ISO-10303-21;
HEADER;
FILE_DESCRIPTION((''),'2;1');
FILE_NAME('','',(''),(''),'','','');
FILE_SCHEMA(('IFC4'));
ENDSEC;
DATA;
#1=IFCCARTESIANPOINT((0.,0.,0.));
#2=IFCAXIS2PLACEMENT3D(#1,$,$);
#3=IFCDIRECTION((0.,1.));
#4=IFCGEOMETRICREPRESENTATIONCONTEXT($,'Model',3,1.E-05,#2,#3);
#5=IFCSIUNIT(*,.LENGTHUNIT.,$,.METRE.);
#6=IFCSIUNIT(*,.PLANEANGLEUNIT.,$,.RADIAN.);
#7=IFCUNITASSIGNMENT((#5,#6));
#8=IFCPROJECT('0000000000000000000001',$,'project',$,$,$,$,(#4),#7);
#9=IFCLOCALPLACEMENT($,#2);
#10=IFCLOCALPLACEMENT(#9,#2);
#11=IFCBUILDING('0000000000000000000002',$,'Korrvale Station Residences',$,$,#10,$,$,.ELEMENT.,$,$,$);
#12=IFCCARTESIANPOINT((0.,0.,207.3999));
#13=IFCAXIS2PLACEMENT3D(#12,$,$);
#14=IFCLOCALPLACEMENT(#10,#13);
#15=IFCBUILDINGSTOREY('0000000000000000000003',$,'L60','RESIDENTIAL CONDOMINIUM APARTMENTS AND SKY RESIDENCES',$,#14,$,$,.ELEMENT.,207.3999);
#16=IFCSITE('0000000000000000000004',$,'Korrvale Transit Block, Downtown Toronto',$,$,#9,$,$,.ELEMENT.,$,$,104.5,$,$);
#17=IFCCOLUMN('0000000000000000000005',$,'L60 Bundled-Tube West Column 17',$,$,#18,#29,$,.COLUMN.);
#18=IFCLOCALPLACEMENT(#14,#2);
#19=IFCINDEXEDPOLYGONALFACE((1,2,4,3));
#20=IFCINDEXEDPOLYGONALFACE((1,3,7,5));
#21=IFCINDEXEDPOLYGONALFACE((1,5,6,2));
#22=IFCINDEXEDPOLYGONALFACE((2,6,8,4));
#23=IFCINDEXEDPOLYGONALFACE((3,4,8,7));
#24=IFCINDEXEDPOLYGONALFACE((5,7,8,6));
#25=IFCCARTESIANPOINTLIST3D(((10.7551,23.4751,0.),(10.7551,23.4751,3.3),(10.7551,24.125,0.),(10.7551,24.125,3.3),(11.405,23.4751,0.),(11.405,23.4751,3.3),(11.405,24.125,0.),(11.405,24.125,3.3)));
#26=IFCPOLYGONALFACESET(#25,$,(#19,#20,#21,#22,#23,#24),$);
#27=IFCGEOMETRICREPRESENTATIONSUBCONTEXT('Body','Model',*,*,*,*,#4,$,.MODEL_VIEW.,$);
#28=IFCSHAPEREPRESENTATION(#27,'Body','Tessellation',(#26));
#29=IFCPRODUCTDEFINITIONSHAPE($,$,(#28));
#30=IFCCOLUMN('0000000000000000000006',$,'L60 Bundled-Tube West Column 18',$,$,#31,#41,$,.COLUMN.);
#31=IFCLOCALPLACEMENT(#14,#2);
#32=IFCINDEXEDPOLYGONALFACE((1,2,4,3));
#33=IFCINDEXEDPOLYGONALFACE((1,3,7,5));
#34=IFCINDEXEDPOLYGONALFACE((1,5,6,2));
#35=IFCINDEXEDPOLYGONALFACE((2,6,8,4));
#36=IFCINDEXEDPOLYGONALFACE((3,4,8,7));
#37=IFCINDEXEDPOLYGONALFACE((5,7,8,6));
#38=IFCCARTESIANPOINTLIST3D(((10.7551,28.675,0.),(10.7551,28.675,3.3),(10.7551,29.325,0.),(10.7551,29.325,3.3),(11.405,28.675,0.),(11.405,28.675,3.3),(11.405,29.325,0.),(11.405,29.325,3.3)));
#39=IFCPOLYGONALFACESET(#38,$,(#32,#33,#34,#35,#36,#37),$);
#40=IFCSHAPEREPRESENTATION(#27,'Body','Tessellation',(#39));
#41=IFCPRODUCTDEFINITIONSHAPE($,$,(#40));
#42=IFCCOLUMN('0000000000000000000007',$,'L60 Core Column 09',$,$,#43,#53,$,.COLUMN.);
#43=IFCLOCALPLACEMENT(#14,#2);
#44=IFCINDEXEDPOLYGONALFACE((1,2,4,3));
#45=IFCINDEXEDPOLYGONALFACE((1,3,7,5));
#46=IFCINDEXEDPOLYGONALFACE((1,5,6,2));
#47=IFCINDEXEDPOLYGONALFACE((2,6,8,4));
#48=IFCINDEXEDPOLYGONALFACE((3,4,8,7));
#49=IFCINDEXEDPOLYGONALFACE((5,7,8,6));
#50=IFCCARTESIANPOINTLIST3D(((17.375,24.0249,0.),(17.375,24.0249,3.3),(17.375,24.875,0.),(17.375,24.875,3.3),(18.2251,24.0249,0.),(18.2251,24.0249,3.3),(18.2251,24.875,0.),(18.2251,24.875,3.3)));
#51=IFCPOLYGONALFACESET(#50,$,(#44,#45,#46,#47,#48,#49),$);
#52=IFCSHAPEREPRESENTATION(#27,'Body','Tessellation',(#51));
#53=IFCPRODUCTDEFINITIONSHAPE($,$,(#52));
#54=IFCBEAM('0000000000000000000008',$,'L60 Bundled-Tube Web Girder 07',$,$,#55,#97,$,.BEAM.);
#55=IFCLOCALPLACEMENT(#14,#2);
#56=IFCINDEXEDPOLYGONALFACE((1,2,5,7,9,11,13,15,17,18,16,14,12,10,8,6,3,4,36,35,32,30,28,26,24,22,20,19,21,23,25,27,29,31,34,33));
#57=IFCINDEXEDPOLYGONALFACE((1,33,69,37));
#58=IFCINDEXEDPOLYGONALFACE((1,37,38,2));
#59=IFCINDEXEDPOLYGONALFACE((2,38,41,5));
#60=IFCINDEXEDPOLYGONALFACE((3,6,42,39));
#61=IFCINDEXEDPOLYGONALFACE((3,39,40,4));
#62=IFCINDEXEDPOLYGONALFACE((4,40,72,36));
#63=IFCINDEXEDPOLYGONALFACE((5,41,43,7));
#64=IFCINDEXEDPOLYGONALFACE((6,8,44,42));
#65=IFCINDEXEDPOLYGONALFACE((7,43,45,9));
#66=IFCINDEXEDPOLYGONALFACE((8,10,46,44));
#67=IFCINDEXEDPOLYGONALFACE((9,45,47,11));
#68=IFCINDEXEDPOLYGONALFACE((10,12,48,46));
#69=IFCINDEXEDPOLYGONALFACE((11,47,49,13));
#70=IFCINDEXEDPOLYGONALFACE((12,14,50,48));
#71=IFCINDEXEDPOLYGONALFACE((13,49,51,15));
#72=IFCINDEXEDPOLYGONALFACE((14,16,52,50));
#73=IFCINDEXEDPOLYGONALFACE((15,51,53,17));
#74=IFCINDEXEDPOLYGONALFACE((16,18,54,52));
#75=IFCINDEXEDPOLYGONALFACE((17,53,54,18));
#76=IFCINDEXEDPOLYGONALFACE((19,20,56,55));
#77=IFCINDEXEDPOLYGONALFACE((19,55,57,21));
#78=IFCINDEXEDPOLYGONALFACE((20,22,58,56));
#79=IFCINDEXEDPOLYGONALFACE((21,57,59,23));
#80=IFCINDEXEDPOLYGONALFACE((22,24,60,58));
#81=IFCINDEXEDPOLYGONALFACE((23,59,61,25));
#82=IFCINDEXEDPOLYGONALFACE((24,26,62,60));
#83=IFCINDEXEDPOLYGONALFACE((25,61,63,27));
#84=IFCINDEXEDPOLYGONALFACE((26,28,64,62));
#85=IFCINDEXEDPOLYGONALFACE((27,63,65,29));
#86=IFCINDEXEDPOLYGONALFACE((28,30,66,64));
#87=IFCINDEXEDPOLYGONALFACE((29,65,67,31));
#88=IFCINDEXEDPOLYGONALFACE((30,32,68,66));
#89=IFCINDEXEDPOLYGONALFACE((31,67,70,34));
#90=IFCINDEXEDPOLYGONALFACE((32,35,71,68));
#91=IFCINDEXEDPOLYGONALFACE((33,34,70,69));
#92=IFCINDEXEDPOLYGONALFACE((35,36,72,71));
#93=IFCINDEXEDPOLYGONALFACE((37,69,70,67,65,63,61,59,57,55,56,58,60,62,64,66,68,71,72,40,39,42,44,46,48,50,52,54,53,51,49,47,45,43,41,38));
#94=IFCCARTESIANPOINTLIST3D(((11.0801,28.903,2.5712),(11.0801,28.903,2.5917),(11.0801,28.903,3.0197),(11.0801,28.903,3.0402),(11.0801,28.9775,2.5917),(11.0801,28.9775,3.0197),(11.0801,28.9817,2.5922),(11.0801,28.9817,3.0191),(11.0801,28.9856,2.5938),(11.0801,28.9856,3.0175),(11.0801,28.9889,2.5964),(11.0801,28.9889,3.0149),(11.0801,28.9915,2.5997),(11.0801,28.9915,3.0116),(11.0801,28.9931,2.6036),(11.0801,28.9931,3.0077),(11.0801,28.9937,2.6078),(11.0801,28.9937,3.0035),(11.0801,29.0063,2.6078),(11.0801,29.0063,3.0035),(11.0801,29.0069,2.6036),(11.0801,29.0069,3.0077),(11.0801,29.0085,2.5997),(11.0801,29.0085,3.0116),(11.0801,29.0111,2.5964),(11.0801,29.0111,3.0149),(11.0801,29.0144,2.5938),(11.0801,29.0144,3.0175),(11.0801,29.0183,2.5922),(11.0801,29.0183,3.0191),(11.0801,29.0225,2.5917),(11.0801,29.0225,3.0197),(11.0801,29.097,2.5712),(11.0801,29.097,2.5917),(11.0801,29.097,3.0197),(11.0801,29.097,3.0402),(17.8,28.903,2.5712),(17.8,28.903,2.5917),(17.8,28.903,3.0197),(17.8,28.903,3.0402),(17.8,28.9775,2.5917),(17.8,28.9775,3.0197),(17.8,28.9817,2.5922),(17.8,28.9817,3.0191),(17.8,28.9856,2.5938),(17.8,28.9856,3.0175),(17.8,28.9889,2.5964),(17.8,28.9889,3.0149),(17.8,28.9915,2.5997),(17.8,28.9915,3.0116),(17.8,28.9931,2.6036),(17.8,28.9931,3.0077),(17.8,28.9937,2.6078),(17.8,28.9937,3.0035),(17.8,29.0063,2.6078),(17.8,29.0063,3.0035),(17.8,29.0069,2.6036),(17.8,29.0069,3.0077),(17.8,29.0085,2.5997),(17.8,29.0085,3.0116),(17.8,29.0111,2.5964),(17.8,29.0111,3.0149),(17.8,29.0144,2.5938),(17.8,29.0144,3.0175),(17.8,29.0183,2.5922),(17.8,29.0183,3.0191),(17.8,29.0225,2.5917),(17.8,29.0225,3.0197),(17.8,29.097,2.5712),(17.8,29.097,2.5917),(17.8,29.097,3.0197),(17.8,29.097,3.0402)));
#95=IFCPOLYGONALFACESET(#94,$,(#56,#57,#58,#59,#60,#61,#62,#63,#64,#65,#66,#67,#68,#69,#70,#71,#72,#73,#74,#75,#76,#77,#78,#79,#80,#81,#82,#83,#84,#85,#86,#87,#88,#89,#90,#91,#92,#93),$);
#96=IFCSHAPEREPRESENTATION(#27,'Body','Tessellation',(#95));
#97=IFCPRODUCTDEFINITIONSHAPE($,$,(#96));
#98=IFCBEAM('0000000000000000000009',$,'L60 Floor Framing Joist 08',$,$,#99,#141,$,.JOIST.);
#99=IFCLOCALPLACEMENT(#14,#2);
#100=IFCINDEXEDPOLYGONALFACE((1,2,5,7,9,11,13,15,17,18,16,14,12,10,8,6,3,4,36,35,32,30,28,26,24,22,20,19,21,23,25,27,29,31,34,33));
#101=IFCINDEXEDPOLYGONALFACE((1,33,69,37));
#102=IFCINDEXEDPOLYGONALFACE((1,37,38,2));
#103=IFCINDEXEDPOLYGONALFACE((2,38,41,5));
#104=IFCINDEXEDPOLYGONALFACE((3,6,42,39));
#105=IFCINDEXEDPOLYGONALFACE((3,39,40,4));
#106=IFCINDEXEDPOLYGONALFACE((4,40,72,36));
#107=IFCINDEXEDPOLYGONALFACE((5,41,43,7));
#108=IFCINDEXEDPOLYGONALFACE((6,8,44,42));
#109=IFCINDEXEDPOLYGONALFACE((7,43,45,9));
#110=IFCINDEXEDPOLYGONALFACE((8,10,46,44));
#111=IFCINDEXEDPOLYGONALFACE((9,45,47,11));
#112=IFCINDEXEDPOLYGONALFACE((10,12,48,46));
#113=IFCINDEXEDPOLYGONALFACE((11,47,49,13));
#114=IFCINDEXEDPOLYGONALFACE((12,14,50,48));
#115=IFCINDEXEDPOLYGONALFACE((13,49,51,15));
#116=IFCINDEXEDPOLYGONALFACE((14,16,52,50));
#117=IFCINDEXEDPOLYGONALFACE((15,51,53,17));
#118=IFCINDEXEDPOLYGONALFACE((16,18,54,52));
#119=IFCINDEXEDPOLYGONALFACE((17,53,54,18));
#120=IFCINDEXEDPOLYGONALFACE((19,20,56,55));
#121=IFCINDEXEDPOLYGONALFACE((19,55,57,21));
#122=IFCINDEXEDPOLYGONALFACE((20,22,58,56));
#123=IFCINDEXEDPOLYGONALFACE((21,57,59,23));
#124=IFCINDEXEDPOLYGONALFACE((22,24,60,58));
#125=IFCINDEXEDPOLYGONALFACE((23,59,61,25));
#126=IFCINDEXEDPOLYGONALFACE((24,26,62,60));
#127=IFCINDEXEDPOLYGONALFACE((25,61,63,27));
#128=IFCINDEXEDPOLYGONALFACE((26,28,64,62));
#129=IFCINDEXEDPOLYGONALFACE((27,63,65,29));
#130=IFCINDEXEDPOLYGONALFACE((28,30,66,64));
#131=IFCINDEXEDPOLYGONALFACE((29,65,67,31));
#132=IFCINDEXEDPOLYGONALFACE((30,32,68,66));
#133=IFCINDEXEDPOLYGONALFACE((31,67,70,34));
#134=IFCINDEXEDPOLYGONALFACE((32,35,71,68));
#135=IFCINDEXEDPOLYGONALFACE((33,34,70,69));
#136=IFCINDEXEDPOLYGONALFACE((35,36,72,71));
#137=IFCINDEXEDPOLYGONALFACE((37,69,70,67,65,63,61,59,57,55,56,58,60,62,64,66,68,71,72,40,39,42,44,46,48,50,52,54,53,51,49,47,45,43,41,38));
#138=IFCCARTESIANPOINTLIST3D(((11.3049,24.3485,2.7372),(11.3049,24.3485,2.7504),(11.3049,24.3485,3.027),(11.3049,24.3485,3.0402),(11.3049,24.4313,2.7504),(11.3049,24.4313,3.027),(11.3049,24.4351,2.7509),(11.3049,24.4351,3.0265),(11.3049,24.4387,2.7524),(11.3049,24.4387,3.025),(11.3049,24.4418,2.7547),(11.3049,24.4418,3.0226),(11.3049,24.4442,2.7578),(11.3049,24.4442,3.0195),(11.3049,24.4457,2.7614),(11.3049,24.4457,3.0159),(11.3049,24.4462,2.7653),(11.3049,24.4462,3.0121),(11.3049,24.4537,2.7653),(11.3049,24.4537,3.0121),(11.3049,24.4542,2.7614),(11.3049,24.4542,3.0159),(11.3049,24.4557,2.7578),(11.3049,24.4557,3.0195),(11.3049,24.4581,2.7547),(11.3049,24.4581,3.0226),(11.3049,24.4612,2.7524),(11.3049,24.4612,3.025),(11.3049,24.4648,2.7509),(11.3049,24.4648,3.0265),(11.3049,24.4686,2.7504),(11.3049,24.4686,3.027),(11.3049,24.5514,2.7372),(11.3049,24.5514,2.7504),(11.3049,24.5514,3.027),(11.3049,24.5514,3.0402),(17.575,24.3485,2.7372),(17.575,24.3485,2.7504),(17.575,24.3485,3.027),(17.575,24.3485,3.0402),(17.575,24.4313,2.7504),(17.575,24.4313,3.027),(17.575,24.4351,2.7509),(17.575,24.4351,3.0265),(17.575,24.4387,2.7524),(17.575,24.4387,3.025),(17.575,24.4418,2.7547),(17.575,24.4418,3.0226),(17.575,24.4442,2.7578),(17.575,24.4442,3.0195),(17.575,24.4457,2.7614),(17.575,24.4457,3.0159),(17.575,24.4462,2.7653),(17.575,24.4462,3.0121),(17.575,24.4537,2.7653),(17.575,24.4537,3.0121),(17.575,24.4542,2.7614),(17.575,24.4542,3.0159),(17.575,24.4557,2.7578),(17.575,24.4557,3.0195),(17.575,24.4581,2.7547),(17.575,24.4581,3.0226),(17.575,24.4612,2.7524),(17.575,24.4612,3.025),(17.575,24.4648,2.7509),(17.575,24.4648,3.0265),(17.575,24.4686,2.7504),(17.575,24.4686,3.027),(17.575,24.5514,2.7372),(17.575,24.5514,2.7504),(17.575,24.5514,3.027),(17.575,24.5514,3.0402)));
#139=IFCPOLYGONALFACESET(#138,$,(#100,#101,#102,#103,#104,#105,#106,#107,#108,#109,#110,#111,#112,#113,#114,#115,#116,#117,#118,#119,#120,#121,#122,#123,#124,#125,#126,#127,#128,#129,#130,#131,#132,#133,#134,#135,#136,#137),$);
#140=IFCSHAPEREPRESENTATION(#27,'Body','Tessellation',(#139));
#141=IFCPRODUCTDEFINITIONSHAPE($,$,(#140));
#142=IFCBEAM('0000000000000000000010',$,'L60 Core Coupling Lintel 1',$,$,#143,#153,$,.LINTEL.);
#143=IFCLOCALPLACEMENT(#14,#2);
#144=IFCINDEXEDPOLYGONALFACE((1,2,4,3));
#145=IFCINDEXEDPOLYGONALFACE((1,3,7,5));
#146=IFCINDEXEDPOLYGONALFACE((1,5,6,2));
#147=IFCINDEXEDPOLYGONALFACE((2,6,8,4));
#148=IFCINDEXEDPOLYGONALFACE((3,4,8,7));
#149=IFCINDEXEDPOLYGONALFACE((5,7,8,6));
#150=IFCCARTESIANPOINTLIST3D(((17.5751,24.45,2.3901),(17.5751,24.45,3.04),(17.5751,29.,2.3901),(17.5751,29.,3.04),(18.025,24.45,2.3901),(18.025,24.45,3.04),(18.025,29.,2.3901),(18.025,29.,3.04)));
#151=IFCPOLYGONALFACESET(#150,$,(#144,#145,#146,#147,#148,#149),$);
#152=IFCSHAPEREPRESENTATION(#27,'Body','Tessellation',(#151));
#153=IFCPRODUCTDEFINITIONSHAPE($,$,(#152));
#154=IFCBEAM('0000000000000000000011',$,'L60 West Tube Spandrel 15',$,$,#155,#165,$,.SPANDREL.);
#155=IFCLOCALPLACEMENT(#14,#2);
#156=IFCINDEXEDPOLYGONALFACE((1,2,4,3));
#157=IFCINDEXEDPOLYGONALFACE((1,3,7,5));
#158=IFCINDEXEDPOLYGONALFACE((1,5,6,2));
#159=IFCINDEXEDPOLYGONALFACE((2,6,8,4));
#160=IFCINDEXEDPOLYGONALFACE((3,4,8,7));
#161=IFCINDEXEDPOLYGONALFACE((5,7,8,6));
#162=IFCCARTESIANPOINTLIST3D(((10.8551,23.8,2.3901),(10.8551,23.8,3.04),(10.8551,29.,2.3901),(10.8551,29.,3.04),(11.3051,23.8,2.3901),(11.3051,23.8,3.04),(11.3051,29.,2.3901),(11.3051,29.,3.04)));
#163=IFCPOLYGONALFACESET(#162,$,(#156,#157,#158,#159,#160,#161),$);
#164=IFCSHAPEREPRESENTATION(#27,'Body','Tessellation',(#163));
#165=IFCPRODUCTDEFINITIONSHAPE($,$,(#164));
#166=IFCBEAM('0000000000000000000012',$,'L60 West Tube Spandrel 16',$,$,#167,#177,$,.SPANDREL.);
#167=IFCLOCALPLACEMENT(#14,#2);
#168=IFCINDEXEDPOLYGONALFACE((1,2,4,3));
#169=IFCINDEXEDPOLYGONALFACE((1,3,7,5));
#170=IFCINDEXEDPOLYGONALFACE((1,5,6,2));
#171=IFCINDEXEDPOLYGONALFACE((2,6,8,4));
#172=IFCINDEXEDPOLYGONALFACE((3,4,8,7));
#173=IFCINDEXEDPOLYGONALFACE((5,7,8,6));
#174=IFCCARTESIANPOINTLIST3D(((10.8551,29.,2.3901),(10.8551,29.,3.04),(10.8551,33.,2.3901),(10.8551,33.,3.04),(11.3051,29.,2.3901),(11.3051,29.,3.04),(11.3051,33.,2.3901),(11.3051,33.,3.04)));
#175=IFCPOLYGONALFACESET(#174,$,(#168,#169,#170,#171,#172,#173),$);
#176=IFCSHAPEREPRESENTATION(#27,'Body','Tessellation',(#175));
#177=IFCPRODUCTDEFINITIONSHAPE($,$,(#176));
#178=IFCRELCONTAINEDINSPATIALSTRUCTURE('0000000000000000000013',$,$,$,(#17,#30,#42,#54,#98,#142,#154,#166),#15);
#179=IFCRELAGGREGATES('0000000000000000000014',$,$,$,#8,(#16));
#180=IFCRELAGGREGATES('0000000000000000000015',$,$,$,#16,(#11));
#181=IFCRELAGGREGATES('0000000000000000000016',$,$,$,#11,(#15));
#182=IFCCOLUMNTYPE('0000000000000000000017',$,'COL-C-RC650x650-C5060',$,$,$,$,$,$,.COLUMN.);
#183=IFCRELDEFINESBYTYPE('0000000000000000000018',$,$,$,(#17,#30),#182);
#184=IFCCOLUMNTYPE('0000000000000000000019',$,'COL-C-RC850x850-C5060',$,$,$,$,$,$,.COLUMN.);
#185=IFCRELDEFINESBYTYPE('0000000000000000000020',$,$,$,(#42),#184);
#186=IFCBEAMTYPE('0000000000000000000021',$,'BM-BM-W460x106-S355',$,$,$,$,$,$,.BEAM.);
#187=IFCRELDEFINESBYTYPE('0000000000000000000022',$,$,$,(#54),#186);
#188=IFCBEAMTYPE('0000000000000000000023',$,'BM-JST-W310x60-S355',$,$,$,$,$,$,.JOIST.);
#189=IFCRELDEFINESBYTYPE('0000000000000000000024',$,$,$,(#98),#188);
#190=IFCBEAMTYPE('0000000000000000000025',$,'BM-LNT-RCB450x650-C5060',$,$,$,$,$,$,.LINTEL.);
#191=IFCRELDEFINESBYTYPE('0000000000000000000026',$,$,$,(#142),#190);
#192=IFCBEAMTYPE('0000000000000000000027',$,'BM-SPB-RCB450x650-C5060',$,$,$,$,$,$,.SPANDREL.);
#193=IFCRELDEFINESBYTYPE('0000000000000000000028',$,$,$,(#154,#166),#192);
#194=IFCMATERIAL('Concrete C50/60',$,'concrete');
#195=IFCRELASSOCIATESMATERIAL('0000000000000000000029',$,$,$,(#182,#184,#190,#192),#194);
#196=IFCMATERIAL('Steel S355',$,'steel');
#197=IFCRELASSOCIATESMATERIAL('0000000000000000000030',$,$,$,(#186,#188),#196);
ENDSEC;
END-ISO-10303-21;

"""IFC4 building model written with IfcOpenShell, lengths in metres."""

from ifc_helpers import new_model, si_unit, direction, frame, origin, origin_2d, place, context, subcontext, project, spatial, rectangle, i_section, extrude, material, material_profile, profile_set, type_object, element, save


model = new_model("IFC4")

# Units and contexts
model_context = context("Model", 3, precision=1e-05, world=origin(), true_north=direction((0.0, 1.0)))
body_context = subcontext(model_context, "Body", "Model", "MODEL_VIEW")
ifc_project = project(units=[si_unit("LENGTHUNIT", "METRE"), si_unit("PLANEANGLEUNIT", "RADIAN")], contexts=[model_context])

# Site, building, storey
site_placement = place(None, origin())
site = spatial("IfcSite", under=ifc_project, at=site_placement, Name="Korrvale Transit Block, Downtown Toronto", CompositionType="ELEMENT", RefElevation=104.5)
building_placement = place(site_placement, origin())
building = spatial("IfcBuilding", under=site, at=building_placement, Name="Korrvale Station Residences", CompositionType="ELEMENT")
storey_placement = place(building_placement, frame((0.0, 0.0, 207.3999)))
storey = spatial("IfcBuildingStorey", under=building, at=storey_placement, Name="L60", Description="RESIDENTIAL CONDOMINIUM APARTMENTS AND SKY RESIDENCES", CompositionType="ELEMENT", Elevation=207.3999)

# Columns
ifc_material_1 = material(Name="Concrete C50/60", Category="concrete")
ifc_material_profile_1 = material_profile(ifc_material_1, rectangle(XDim=0.6499, YDim=0.6499, at=origin_2d()), Name="RC650x650")
ifc_profile_set_1 = profile_set([ifc_material_profile_1], Name="Concrete C50/60")
column_type_1 = type_object("IfcColumnType", Name="COL-C-RC650x650-C5060", PredefinedType="COLUMN", material=ifc_profile_set_1)
for number, where, z_axis, x_axis, name in (
    (1, (11.0801, 23.8, 0.0), (0.0, 0.0, 1.0), (1.0, 0.0, 0.0), "L60 Bundled-Tube West Column 17"),
    (2, (11.0801, 29.0, 0.0), (0.0, 0.0, 1.0), (1.0, 0.0, 0.0), "L60 Bundled-Tube West Column 18"),
):
    element("IfcColumn", number, at=place(storey_placement, frame(where, z_axis=z_axis, x_axis=x_axis)), inside=storey, type_object=column_type_1, Name=name, PredefinedType="COLUMN", context=body_context, shape_type="SweptSolid", body=[
        extrude(rectangle(XDim=0.6499, YDim=0.6499, at=origin_2d()), origin(), (0.0, 0.0, 1.0), 3.3),
    ])
ifc_material_profile_2 = material_profile(ifc_material_1, rectangle(XDim=0.8501, YDim=0.8501, at=origin_2d()), Name="RC850x850")
ifc_profile_set_2 = profile_set([ifc_material_profile_2], Name="Concrete C50/60")
column_type_2 = type_object("IfcColumnType", Name="COL-C-RC850x850-C5060", PredefinedType="COLUMN", material=ifc_profile_set_2)
column_placement = place(storey_placement, frame((17.8, 24.45, 0.0), z_axis=(0.0, 0.0, 1.0), x_axis=(1.0, 0.0, 0.0)))
element("IfcColumn", 3, at=column_placement, inside=storey, type_object=column_type_2, Name="L60 Core Column 09", PredefinedType="COLUMN", context=body_context, shape_type="SweptSolid", body=[
    extrude(rectangle(XDim=0.8501, YDim=0.8501, at=origin_2d()), origin(), (0.0, 0.0, 1.0), 3.3),
])

# Beams
ifc_material_2 = material(Name="Steel S355", Category="steel")
ifc_material_profile_3 = material_profile(ifc_material_2, i_section(OverallWidth=0.1941, OverallDepth=0.469, WebThickness=0.0127, FlangeThickness=0.0205, FilletRadius=0.0161, at=origin_2d()), Name="W460x106")
ifc_profile_set_3 = profile_set([ifc_material_profile_3], Name="Steel S355")
beam_type_1 = type_object("IfcBeamType", Name="BM-BM-W460x106-S355", PredefinedType="BEAM", material=ifc_profile_set_3)
beam_1_placement = place(storey_placement, frame((11.0801, 29.0, 2.8057), z_axis=(1.0, 0.0, 0.0), x_axis=(0.0, 1.0, 0.0)))
element("IfcBeam", 4, at=beam_1_placement, inside=storey, type_object=beam_type_1, Name="L60 Bundled-Tube Web Girder 07", PredefinedType="BEAM", context=body_context, shape_type="SweptSolid", body=[
    extrude(i_section(OverallWidth=0.1941, OverallDepth=0.469, WebThickness=0.0127, FlangeThickness=0.0205, FilletRadius=0.0161, at=origin_2d()), origin(), (0.0, 0.0, 1.0), 6.72),
])
ifc_material_profile_4 = material_profile(ifc_material_2, i_section(OverallWidth=0.2029, OverallDepth=0.303, WebThickness=0.0076, FlangeThickness=0.0132, FilletRadius=0.0149, at=origin_2d()), Name="W310x60")
ifc_profile_set_4 = profile_set([ifc_material_profile_4], Name="Steel S355")
beam_type_2 = type_object("IfcBeamType", Name="BM-JST-W310x60-S355", PredefinedType="JOIST", material=ifc_profile_set_4)
beam_2_placement = place(storey_placement, frame((11.3049, 24.45, 2.8887), z_axis=(1.0, 0.0, 0.0), x_axis=(0.0, 1.0, 0.0)))
element("IfcBeam", 5, at=beam_2_placement, inside=storey, type_object=beam_type_2, Name="L60 Floor Framing Joist 08", PredefinedType="JOIST", context=body_context, shape_type="SweptSolid", body=[
    extrude(i_section(OverallWidth=0.2029, OverallDepth=0.303, WebThickness=0.0076, FlangeThickness=0.0132, FilletRadius=0.0149, at=origin_2d()), origin(), (0.0, 0.0, 1.0), 6.27),
])
ifc_material_profile_5 = material_profile(ifc_material_1, rectangle(XDim=0.45, YDim=0.6499, at=origin_2d()), Name="RCB450x650")
ifc_profile_set_5 = profile_set([ifc_material_profile_5], Name="Concrete C50/60")
beam_type_3 = type_object("IfcBeamType", Name="BM-LNT-RCB450x650-C5060", PredefinedType="LINTEL", material=ifc_profile_set_5)
beam_3_placement = place(storey_placement, frame((17.8, 24.45, 2.7151), z_axis=(0.0, 1.0, 0.0), x_axis=(-1.0, 0.0, 0.0)))
element("IfcBeam", 6, at=beam_3_placement, inside=storey, type_object=beam_type_3, Name="L60 Core Coupling Lintel 1", PredefinedType="LINTEL", context=body_context, shape_type="SweptSolid", body=[
    extrude(rectangle(XDim=0.45, YDim=0.6499, at=origin_2d()), origin(), (0.0, 0.0, 1.0), 4.55),
])
ifc_material_profile_6 = material_profile(ifc_material_1, rectangle(XDim=0.45, YDim=0.6499, at=origin_2d()), Name="RCB450x650")
ifc_profile_set_6 = profile_set([ifc_material_profile_6], Name="Concrete C50/60")
beam_type_4 = type_object("IfcBeamType", Name="BM-SPB-RCB450x650-C5060", PredefinedType="SPANDREL", material=ifc_profile_set_6)
beam_4_placement = place(storey_placement, frame((11.0801, 23.8, 2.7151), z_axis=(0.0, 1.0, 0.0), x_axis=(-1.0, 0.0, 0.0)))
element("IfcBeam", 7, at=beam_4_placement, inside=storey, type_object=beam_type_4, Name="L60 West Tube Spandrel 15", PredefinedType="SPANDREL", context=body_context, shape_type="SweptSolid", body=[
    extrude(rectangle(XDim=0.45, YDim=0.6499, at=origin_2d()), origin(), (0.0, 0.0, 1.0), 5.2),
])
beam_5_placement = place(storey_placement, frame((11.0801, 29.0, 2.7151), z_axis=(0.0, 1.0, 0.0), x_axis=(-1.0, 0.0, 0.0)))
element("IfcBeam", 8, at=beam_5_placement, inside=storey, type_object=beam_type_4, Name="L60 West Tube Spandrel 16", PredefinedType="SPANDREL", context=body_context, shape_type="SweptSolid", body=[
    extrude(rectangle(XDim=0.45, YDim=0.6499, at=origin_2d()), origin(), (0.0, 0.0, 1.0), 4.0),
])

save(model, "model.ifc")
